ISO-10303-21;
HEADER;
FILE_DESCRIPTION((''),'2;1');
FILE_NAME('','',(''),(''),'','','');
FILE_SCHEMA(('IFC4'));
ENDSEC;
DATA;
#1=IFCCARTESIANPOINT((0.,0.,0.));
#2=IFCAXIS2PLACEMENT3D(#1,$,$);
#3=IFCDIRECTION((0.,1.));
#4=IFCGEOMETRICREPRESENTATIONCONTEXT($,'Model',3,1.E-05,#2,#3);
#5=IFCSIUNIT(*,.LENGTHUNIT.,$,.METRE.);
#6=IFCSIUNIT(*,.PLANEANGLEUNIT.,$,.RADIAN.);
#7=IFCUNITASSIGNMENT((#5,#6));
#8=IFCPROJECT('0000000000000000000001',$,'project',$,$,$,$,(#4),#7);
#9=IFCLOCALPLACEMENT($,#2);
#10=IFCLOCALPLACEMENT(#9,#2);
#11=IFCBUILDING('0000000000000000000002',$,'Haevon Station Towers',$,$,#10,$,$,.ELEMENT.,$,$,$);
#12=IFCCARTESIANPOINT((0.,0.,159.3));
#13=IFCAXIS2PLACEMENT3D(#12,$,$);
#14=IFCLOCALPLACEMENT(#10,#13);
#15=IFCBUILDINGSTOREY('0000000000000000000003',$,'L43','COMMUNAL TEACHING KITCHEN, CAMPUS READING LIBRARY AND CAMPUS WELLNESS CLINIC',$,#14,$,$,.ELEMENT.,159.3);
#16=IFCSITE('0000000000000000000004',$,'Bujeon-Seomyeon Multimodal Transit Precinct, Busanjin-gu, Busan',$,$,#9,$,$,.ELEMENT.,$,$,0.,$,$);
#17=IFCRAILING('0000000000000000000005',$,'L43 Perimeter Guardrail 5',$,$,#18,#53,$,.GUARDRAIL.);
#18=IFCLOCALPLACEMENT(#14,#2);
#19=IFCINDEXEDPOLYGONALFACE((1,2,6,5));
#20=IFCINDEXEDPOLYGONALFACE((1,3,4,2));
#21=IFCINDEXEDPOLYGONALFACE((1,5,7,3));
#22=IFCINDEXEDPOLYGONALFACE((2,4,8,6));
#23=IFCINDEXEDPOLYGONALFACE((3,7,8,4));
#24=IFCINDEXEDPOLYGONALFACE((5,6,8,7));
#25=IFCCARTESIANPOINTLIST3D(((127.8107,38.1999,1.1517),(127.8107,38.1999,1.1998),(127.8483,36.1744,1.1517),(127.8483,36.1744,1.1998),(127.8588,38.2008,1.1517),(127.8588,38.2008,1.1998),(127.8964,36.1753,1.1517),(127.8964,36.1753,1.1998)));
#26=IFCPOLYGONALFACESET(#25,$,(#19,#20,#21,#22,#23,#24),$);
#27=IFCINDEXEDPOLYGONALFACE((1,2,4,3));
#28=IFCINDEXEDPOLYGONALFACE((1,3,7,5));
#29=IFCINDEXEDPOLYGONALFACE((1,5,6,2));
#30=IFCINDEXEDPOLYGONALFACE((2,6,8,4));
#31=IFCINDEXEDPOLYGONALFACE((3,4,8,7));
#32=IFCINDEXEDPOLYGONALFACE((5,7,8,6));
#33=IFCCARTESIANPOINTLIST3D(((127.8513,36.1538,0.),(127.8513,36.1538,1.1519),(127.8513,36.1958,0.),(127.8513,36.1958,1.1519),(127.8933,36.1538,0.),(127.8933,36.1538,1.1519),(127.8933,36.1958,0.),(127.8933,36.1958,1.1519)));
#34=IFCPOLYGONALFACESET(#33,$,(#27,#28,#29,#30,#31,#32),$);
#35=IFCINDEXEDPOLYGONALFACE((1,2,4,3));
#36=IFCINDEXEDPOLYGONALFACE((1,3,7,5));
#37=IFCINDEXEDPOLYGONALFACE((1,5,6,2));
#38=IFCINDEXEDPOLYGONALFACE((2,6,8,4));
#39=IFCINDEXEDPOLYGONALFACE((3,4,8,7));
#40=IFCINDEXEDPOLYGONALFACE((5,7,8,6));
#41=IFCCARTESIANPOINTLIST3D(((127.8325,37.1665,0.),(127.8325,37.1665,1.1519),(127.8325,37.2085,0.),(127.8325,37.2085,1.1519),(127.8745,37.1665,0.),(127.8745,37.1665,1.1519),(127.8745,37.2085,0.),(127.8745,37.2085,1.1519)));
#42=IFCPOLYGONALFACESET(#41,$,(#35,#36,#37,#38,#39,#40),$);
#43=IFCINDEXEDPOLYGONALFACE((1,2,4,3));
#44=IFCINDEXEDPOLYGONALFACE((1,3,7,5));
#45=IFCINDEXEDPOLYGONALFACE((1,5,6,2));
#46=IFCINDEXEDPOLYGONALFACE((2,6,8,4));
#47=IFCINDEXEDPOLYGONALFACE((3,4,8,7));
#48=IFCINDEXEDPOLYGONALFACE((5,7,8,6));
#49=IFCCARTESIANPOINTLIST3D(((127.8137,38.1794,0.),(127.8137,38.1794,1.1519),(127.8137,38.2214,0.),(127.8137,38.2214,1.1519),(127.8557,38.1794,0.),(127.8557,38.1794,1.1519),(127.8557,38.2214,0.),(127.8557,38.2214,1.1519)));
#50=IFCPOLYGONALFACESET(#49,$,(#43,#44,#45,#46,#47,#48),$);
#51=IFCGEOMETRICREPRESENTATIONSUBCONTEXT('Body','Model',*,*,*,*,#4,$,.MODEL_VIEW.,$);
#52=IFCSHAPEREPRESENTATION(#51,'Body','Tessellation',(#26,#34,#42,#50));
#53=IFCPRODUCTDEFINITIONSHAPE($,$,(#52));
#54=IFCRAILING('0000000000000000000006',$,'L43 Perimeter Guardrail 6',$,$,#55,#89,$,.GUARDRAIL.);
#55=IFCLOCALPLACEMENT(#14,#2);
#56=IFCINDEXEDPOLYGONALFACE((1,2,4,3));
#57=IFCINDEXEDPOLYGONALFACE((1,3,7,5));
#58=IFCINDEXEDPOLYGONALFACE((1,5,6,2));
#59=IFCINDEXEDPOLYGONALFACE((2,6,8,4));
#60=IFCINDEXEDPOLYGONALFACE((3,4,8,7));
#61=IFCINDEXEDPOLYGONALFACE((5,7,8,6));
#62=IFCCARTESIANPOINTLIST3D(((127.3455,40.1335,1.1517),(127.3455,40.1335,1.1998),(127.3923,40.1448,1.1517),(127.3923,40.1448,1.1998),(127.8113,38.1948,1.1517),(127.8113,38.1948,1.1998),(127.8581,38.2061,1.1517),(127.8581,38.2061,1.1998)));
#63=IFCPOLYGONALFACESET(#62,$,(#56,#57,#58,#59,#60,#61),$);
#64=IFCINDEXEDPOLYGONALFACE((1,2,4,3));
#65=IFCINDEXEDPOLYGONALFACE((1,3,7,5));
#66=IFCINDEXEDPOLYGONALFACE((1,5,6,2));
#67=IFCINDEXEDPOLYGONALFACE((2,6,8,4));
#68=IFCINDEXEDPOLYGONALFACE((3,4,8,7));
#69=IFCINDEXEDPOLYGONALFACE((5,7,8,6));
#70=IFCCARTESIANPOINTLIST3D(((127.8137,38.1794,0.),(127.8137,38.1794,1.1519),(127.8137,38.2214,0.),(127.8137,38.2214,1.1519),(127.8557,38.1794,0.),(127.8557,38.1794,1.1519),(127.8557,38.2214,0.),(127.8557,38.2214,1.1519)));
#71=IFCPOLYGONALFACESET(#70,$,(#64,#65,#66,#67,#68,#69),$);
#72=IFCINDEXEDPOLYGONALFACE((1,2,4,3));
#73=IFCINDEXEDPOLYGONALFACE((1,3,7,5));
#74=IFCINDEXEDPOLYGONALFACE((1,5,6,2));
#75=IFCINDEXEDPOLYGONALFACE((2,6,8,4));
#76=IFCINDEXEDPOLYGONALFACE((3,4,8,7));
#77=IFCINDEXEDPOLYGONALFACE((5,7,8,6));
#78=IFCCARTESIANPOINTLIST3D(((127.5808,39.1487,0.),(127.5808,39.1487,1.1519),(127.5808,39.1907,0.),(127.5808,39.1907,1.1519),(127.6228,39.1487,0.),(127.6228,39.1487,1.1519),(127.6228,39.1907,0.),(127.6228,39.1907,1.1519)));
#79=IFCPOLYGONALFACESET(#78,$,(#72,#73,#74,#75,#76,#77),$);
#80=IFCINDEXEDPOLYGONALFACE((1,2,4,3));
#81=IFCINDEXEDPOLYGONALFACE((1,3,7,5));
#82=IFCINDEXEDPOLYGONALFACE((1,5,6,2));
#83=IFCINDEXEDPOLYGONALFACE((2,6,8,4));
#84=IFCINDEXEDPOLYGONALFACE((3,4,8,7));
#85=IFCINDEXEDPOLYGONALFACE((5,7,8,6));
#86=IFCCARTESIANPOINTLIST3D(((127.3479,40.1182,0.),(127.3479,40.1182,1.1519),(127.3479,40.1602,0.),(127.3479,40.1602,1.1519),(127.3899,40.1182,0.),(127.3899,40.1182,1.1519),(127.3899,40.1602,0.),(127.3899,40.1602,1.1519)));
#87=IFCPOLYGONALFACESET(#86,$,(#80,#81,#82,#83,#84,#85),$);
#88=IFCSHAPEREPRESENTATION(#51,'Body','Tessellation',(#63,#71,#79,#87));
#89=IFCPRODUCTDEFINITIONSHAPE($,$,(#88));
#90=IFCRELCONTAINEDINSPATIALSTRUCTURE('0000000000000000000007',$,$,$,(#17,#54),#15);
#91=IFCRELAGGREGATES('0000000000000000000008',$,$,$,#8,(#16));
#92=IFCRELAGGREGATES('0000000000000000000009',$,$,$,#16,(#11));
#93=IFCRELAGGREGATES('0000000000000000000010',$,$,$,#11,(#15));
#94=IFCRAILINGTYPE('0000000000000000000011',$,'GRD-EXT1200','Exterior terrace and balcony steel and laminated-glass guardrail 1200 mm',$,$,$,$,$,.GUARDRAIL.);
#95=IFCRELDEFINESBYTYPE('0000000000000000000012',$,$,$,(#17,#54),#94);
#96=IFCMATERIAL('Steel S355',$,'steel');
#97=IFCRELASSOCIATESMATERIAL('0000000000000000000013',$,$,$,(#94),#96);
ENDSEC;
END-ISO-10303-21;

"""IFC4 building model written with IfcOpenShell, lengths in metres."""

from ifc_helpers import new_model, si_unit, direction, frame, origin, origin_2d, place, context, subcontext, project, spatial, rectangle, extrude, material, type_object, element, save


model = new_model("IFC4")

# Units and contexts
model_context = context("Model", 3, precision=1e-05, world=origin(), true_north=direction((0.0, 1.0)))
body_context = subcontext(model_context, "Body", "Model", "MODEL_VIEW")
ifc_project = project(units=[si_unit("LENGTHUNIT", "METRE"), si_unit("PLANEANGLEUNIT", "RADIAN")], contexts=[model_context])

# Site, building, storey
site_placement = place(None, origin())
site = spatial("IfcSite", under=ifc_project, at=site_placement, Name="Bujeon-Seomyeon Multimodal Transit Precinct, Busanjin-gu, Busan", CompositionType="ELEMENT", RefElevation=0.0)
building_placement = place(site_placement, origin())
building = spatial("IfcBuilding", under=site, at=building_placement, Name="Haevon Station Towers", CompositionType="ELEMENT")
storey_placement = place(building_placement, frame((0.0, 0.0, 159.3)))
storey = spatial("IfcBuildingStorey", under=building, at=storey_placement, Name="L43", Description="COMMUNAL TEACHING KITCHEN, CAMPUS READING LIBRARY AND CAMPUS WELLNESS CLINIC", CompositionType="ELEMENT", Elevation=159.3)

# Shared definitions
ifc_material_1 = material(Name="Steel S355", Category="steel")

# Railings
railing_type = type_object("IfcRailingType", Name="GRD-EXT1200", Description="Exterior terrace and balcony steel and laminated-glass guardrail 1200 mm", PredefinedType="GUARDRAIL", material=ifc_material_1)
railing_1_placement = place(storey_placement, frame((127.8723, 36.1748, 0.0)))
element("IfcRailing", 1, at=railing_1_placement, inside=storey, type_object=railing_type, Name="L43 Perimeter Guardrail 5", PredefinedType="GUARDRAIL", context=body_context, shape_type="SweptSolid", body=[
    extrude(rectangle(XDim=0.0481, YDim=0.0481, at=origin_2d()), frame((0.0, 0.0, 1.1758), z_axis=(-0.018558, 0.999828, 0.0), x_axis=(-0.999828, -0.018558, 0.0)), (0.0, 0.0, 1.0), 2.0259),
    extrude(rectangle(XDim=0.042, YDim=0.042, at=origin_2d()), origin(), (0.0, 0.0, 1.0), 1.1519),
    extrude(rectangle(XDim=0.042, YDim=0.042, at=origin_2d()), frame((-0.0188, 1.0127, 0.0)), (0.0, 0.0, 1.0), 1.1519),
    extrude(rectangle(XDim=0.042, YDim=0.042, at=origin_2d()), frame((-0.0376, 2.0256, 0.0)), (0.0, 0.0, 1.0), 1.1519),
])
railing_2_placement = place(storey_placement, frame((127.8347, 38.2004, 0.0)))
element("IfcRailing", 2, at=railing_2_placement, inside=storey, type_object=railing_type, Name="L43 Perimeter Guardrail 6", PredefinedType="GUARDRAIL", context=body_context, shape_type="SweptSolid", body=[
    extrude(rectangle(XDim=0.0481, YDim=0.0481, at=origin_2d()), frame((0.0, 0.0, 1.1758), z_axis=(-0.233623, 0.972327, 0.0), x_axis=(-0.972327, -0.233623, 0.0)), (0.0, 0.0, 1.0), 1.9939),
    extrude(rectangle(XDim=0.042, YDim=0.042, at=origin_2d()), origin(), (0.0, 0.0, 1.0), 1.1519),
    extrude(rectangle(XDim=0.042, YDim=0.042, at=origin_2d()), frame((-0.2329, 0.9692, 0.0)), (0.0, 0.0, 1.0), 1.1519),
    extrude(rectangle(XDim=0.042, YDim=0.042, at=origin_2d()), frame((-0.4658, 1.9387, 0.0)), (0.0, 0.0, 1.0), 1.1519),
])

save(model, "model.ifc")
